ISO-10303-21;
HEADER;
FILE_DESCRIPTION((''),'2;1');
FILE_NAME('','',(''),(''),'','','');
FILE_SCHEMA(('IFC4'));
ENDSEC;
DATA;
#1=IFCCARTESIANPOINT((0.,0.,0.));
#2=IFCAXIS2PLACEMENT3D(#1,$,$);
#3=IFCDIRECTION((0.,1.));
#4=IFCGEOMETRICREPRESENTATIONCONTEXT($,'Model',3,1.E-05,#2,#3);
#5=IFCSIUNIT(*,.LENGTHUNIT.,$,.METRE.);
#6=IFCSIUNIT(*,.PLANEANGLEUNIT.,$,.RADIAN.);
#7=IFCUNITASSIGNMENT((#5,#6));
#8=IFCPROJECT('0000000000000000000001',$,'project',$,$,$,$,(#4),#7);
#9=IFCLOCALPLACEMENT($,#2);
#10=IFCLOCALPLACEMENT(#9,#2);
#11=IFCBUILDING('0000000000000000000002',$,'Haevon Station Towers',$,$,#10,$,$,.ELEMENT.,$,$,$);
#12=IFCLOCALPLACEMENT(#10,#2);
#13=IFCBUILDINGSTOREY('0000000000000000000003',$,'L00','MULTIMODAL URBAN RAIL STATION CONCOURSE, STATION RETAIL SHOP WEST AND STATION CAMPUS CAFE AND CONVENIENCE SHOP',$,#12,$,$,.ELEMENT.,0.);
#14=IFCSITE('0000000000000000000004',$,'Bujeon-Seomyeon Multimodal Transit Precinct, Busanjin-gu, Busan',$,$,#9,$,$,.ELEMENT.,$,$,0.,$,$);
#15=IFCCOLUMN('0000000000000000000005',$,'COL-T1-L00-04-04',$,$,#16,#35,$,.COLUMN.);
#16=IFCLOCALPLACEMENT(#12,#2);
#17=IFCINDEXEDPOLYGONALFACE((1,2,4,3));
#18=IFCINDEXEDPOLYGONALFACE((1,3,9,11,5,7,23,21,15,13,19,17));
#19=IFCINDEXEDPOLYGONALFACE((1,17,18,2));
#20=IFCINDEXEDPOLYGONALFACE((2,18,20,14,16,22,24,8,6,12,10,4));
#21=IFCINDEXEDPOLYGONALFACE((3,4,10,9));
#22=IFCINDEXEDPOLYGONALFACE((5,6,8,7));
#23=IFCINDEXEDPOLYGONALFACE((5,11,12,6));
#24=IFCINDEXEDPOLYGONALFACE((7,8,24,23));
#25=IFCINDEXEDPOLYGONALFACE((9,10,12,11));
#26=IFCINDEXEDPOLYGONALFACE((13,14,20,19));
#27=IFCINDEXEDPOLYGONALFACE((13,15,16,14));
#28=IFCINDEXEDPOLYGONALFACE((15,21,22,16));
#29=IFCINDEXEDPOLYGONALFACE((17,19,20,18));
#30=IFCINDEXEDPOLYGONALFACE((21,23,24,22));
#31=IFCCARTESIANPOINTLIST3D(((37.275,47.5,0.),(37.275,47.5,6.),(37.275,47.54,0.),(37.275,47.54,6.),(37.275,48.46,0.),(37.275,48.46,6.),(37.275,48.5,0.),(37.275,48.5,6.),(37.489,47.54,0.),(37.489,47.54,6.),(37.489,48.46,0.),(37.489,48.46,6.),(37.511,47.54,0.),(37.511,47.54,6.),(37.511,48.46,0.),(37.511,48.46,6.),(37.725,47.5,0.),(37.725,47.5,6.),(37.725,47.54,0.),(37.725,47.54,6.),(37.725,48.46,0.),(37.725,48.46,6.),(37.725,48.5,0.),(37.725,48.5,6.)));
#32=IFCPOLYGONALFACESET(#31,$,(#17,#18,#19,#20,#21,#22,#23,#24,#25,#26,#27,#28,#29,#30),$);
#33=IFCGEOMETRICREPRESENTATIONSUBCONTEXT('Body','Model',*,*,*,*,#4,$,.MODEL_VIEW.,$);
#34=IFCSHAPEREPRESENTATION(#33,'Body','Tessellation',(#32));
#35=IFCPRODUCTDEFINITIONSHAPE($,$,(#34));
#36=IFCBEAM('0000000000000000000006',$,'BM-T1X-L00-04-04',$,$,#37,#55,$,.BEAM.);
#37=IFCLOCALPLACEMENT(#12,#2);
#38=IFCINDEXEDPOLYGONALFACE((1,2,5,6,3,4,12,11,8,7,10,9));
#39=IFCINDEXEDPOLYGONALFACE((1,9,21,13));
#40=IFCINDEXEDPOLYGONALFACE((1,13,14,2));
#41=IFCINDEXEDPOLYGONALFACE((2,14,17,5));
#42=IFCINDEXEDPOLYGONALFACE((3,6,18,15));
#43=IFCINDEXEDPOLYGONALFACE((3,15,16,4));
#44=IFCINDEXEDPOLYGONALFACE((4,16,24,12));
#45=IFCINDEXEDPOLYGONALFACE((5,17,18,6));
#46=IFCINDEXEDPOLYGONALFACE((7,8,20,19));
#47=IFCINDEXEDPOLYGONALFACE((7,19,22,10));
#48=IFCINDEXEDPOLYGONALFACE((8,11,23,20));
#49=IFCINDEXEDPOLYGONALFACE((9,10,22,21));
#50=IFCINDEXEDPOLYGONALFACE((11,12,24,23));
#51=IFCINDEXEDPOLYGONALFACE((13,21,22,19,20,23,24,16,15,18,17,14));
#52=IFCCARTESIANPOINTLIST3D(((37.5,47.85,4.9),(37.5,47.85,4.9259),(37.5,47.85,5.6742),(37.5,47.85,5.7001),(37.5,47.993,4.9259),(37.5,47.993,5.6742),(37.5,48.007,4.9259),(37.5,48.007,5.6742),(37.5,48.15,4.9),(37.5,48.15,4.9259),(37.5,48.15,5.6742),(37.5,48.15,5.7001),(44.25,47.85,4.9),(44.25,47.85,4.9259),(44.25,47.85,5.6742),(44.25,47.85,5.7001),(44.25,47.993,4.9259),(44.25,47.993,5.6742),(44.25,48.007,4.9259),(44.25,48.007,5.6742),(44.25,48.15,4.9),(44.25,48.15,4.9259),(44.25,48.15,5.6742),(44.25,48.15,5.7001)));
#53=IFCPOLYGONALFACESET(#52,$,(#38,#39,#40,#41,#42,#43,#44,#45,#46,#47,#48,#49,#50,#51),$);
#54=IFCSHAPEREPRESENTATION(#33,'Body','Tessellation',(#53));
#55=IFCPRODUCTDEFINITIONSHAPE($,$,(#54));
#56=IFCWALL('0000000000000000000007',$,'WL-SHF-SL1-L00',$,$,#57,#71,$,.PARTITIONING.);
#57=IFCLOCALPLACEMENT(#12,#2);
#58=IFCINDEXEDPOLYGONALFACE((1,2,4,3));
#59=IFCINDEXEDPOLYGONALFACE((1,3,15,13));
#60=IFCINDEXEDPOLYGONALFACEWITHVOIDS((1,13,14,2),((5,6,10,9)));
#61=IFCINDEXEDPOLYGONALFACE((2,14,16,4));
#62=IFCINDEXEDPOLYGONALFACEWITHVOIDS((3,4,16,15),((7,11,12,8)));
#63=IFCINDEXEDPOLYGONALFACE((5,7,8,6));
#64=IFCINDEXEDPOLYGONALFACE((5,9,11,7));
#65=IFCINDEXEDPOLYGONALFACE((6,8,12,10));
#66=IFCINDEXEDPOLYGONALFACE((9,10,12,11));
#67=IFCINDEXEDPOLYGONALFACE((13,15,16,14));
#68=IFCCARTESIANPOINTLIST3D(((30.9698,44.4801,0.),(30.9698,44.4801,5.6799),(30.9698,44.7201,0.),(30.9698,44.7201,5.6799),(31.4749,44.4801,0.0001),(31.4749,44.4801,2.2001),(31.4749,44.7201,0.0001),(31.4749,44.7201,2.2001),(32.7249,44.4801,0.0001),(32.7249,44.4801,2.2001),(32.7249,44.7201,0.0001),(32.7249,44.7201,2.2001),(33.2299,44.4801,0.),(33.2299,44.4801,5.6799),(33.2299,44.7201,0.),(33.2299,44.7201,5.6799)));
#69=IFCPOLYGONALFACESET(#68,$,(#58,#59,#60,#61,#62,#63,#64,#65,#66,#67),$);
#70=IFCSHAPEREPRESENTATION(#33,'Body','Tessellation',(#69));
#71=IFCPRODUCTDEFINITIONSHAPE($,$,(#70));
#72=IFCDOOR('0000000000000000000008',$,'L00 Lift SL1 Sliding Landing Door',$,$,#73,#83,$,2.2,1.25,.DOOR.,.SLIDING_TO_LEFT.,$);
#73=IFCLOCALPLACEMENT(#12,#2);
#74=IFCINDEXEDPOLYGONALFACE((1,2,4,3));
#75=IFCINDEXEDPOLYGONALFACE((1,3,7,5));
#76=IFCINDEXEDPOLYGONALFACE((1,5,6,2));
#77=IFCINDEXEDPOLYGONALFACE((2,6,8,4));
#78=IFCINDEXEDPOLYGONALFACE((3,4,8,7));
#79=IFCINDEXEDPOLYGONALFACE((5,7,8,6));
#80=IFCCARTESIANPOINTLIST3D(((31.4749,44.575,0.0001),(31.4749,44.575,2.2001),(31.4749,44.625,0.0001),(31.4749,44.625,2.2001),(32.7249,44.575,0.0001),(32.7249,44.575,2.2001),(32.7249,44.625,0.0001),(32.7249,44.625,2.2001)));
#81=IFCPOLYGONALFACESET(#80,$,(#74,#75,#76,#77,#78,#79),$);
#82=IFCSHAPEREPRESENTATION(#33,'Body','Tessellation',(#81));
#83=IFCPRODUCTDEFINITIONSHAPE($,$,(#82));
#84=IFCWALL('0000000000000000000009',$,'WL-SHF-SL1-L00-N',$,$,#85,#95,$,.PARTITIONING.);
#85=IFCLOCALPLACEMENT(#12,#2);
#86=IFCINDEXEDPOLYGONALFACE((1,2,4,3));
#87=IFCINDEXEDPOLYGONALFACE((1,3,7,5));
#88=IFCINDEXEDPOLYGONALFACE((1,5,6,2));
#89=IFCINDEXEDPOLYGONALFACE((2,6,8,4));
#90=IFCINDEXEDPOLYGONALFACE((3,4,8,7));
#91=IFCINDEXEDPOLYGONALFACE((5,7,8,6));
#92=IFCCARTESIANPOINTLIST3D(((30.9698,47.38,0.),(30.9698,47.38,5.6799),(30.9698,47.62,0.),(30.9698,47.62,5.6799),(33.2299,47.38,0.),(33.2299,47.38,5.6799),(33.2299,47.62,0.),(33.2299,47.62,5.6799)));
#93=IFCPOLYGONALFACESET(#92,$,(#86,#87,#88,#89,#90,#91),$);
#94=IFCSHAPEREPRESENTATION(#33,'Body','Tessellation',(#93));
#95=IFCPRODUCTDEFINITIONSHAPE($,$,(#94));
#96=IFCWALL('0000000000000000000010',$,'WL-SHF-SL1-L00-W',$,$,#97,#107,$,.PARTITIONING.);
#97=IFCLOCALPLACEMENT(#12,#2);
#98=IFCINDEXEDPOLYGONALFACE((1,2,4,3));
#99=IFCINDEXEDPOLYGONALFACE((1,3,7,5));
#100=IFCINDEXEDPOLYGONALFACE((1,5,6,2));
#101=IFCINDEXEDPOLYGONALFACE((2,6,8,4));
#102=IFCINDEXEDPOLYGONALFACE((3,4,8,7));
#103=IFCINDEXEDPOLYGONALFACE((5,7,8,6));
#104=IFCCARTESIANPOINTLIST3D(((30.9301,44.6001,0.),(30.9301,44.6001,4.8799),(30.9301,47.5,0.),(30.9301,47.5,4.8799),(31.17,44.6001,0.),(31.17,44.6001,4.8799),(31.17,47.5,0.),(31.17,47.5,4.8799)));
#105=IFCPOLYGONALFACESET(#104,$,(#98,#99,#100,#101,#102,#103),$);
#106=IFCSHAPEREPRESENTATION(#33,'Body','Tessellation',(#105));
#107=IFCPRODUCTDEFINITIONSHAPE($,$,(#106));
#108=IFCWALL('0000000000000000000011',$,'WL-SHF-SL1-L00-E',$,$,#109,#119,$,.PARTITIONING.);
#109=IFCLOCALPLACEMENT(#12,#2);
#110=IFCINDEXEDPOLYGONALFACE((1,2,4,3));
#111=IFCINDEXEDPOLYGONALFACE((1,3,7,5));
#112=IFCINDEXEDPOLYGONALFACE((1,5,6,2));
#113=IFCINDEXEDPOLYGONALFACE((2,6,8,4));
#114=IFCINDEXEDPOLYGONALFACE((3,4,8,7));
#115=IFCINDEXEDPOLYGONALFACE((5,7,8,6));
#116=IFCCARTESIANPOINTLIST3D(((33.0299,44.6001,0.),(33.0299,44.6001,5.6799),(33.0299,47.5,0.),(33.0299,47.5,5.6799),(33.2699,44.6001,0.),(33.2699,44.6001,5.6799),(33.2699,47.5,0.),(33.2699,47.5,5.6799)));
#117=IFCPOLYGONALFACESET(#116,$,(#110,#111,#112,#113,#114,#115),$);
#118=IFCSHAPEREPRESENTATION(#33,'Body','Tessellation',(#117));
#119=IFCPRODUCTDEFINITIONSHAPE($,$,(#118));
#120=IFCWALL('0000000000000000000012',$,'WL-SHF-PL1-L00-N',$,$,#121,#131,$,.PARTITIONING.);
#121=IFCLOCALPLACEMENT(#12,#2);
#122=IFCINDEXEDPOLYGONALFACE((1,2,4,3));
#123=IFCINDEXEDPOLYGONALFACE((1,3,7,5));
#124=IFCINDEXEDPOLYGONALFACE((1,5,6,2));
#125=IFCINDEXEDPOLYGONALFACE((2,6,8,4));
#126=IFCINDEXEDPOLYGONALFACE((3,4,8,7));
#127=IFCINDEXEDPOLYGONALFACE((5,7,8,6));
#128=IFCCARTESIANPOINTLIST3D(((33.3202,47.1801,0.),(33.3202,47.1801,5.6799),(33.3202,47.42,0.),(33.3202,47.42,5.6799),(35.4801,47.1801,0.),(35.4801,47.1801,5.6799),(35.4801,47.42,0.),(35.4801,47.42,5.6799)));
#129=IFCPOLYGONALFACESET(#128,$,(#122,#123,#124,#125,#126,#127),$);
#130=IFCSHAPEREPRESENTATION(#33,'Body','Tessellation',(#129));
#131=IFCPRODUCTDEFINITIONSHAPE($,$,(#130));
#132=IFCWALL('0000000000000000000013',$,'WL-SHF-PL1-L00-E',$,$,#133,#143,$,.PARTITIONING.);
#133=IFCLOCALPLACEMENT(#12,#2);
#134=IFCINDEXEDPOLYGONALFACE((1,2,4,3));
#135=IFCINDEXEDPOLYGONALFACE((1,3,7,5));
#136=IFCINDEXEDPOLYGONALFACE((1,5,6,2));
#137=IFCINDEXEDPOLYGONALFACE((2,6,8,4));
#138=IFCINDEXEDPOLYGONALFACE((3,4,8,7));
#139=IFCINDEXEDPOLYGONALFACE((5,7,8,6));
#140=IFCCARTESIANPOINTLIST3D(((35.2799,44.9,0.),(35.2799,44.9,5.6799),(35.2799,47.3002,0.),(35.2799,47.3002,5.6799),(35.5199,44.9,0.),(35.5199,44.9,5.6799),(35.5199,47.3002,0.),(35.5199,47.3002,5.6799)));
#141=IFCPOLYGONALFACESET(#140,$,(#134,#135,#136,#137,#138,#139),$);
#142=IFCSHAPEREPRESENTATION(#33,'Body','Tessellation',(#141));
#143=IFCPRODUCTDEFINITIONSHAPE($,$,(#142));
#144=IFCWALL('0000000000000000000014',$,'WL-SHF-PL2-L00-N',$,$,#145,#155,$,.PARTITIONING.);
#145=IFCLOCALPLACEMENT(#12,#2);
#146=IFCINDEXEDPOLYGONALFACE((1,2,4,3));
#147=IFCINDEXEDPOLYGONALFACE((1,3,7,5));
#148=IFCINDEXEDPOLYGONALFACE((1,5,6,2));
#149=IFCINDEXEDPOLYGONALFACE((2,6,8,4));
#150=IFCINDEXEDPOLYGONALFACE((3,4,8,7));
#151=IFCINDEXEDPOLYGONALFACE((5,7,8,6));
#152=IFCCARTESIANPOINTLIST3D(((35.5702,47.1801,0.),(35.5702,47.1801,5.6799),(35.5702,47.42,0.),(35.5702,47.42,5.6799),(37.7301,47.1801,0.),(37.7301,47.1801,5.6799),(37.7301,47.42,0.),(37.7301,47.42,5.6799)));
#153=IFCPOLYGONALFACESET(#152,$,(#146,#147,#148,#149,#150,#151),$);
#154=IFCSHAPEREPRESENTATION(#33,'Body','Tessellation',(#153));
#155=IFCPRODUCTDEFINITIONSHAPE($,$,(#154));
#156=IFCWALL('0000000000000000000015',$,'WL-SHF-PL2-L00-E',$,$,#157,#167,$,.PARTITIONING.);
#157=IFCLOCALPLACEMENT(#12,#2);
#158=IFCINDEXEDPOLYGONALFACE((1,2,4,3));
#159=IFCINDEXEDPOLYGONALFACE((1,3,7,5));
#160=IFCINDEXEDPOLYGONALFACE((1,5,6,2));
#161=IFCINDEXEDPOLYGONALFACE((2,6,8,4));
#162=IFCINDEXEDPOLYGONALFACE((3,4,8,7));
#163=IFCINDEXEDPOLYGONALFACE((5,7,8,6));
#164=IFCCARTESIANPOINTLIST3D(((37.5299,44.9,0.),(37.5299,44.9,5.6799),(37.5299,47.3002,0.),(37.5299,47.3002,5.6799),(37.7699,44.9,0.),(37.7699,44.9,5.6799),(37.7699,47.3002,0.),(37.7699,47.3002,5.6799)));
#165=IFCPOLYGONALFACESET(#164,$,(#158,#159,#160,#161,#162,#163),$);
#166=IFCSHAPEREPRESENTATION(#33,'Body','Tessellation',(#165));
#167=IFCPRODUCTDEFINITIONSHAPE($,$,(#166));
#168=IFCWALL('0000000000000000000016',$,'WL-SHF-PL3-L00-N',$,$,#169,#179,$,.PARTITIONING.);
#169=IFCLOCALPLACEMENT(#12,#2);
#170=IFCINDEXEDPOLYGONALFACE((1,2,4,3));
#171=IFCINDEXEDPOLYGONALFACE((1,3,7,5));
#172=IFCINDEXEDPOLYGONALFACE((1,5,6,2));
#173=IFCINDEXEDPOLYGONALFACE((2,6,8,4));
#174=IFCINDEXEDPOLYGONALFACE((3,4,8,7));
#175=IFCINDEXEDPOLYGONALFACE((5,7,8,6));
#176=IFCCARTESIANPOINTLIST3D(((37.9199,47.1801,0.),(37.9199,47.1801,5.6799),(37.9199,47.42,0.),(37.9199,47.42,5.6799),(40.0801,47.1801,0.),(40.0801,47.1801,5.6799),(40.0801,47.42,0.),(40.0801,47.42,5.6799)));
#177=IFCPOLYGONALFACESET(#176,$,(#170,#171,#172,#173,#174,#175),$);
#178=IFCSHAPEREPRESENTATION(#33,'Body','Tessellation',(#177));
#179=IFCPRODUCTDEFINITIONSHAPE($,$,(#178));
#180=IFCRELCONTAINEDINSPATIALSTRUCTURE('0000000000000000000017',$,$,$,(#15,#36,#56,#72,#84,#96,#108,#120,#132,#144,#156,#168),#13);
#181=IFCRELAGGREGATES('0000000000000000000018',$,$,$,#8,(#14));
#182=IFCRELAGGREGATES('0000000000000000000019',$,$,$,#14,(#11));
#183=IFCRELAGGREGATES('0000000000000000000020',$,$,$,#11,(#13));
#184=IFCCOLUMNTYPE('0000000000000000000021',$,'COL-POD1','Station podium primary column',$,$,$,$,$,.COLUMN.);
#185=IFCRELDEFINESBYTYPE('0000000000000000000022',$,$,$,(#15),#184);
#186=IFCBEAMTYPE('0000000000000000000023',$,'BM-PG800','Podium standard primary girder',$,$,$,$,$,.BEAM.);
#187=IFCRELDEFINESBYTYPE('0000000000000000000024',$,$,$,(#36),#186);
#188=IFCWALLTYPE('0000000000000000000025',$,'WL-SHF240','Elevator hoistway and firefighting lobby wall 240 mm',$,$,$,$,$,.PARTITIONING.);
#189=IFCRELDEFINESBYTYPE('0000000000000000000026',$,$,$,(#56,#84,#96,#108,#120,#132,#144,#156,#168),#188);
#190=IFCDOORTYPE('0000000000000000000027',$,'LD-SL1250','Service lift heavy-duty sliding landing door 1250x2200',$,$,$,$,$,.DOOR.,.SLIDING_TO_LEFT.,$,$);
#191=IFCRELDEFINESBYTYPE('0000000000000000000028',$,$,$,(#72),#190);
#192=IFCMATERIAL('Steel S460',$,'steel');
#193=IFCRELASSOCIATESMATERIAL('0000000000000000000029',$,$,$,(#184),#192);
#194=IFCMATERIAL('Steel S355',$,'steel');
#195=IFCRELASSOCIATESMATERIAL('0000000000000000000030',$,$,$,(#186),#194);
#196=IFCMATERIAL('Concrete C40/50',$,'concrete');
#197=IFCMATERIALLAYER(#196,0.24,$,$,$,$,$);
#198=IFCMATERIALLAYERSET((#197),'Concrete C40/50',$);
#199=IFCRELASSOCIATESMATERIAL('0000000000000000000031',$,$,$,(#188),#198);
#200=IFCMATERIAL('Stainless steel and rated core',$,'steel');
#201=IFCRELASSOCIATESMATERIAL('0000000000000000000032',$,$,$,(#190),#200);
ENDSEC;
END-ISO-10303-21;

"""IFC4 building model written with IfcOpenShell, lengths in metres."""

from ifc_helpers import new_model, si_unit, direction, frame, frame_2d, origin, origin_2d, place, context, subcontext, project, spatial, rectangle, i_section, extrude, material, layer, layer_set, material_profile, profile_set, type_object, element, fill, save


model = new_model("IFC4")

# Units and contexts
model_context = context("Model", 3, precision=1e-05, world=origin(), true_north=direction((0.0, 1.0)))
body_context = subcontext(model_context, "Body", "Model", "MODEL_VIEW")
ifc_project = project(units=[si_unit("LENGTHUNIT", "METRE"), si_unit("PLANEANGLEUNIT", "RADIAN")], contexts=[model_context])

# Site, building, storey
site_placement = place(None, origin())
site = spatial("IfcSite", under=ifc_project, at=site_placement, Name="Bujeon-Seomyeon Multimodal Transit Precinct, Busanjin-gu, Busan", CompositionType="ELEMENT", RefElevation=0.0)
building_placement = place(site_placement, origin())
building = spatial("IfcBuilding", under=site, at=building_placement, Name="Haevon Station Towers", CompositionType="ELEMENT")
storey_placement = place(building_placement, origin())
storey = spatial("IfcBuildingStorey", under=building, at=storey_placement, Name="L00", Description="MULTIMODAL URBAN RAIL STATION CONCOURSE, STATION RETAIL SHOP WEST AND STATION CAMPUS CAFE AND CONVENIENCE SHOP", CompositionType="ELEMENT", Elevation=0.0)

# Column
ifc_material_1 = material(Name="Steel S460", Category="steel")
ifc_material_profile_1 = material_profile(ifc_material_1, i_section(OverallWidth=0.45, OverallDepth=1.0, WebThickness=0.022, FlangeThickness=0.04, at=origin_2d()), Name="H-1000x450x22x40")
ifc_profile_set_1 = profile_set([ifc_material_profile_1], Name="Steel S460")
column_type = type_object("IfcColumnType", Name="COL-POD1", Description="Station podium primary column", PredefinedType="COLUMN", material=ifc_profile_set_1)
column_placement = place(storey_placement, frame((37.5, 48.0, 0.0), z_axis=(0.0, 0.0, 1.0), x_axis=(1.0, 0.0, 0.0)))
element("IfcColumn", 1, at=column_placement, inside=storey, type_object=column_type, Name="COL-T1-L00-04-04", PredefinedType="COLUMN", context=body_context, shape_type="SweptSolid", body=[
    extrude(i_section(OverallWidth=0.45, OverallDepth=1.0, WebThickness=0.022, FlangeThickness=0.04, at=origin_2d()), origin(), (0.0, 0.0, 1.0), 6.0),
])

# Beam
ifc_material_2 = material(Name="Steel S355", Category="steel")
ifc_material_profile_2 = material_profile(ifc_material_2, i_section(OverallWidth=0.3, OverallDepth=0.8, WebThickness=0.0139, FlangeThickness=0.0259, at=origin_2d()), Name="H-800x300x14x26")
ifc_profile_set_2 = profile_set([ifc_material_profile_2], Name="Steel S355")
beam_type = type_object("IfcBeamType", Name="BM-PG800", Description="Podium standard primary girder", PredefinedType="BEAM", material=ifc_profile_set_2)
beam_placement = place(storey_placement, frame((37.5, 48.0, 5.3), z_axis=(1.0, 0.0, 0.0), x_axis=(0.0, 1.0, 0.0)))
element("IfcBeam", 2, at=beam_placement, inside=storey, type_object=beam_type, Name="BM-T1X-L00-04-04", PredefinedType="BEAM", context=body_context, shape_type="SweptSolid", body=[
    extrude(i_section(OverallWidth=0.3, OverallDepth=0.8, WebThickness=0.0139, FlangeThickness=0.0259, at=origin_2d()), origin(), (0.0, 0.0, 1.0), 6.75),
])

# Wall, opening, door
ifc_material_3 = material(Name="Concrete C40/50", Category="concrete")
ifc_layer = layer(ifc_material_3, 0.24)
ifc_layer_set = layer_set([ifc_layer], Name="Concrete C40/50")
wall_type = type_object("IfcWallType", Name="WL-SHF240", Description="Elevator hoistway and firefighting lobby wall 240 mm", PredefinedType="PARTITIONING", material=ifc_layer_set)
wall_1_placement = place(storey_placement, frame((30.97, 44.6001, 0.0), z_axis=(0.0, 0.0, 1.0), x_axis=(1.0, 0.0, 0.0)))
wall_1 = element("IfcWall", 3, at=wall_1_placement, inside=storey, type_object=wall_type, Name="WL-SHF-SL1-L00", PredefinedType="PARTITIONING", context=body_context, shape_type="SweptSolid", body=[
    extrude(rectangle(XDim=2.26, YDim=0.24, at=frame_2d((1.1299, 0.0))), origin(), (0.0, 0.0, 1.0), 5.6799),
])
opening_1_placement = place(wall_1_placement, frame((0.5049, 0.0, 0.0)))
opening_1 = element("IfcOpeningElement", 4, at=opening_1_placement, cuts=wall_1, PredefinedType="OPENING", context=body_context, shape_type="SweptSolid", body=[
    extrude(rectangle(XDim=1.25, YDim=2.2, at=frame_2d((0.625, 1.1001))), frame((0.0, 0.1299, 0.0), z_axis=(0.0, -1.0, 0.0), x_axis=(1.0, 0.0, 0.0)), (0.0, 0.0, 1.0), 0.26),
])
ifc_material_4 = material(Name="Stainless steel and rated core", Category="steel")
door_type_1 = type_object("IfcDoorType", Name="LD-SL1250", Description="Service lift heavy-duty sliding landing door 1250x2200", OperationType="SLIDING_TO_LEFT", PredefinedType="DOOR", material=ifc_material_4)
door_1_placement = place(opening_1_placement, origin())
door_1 = element("IfcDoor", 5, at=door_1_placement, inside=storey, type_object=door_type_1, Name="L00 Lift SL1 Sliding Landing Door", OperationType="SLIDING_TO_LEFT", OverallHeight=2.2, OverallWidth=1.25, PredefinedType="DOOR", context=body_context, shape_type="SweptSolid", body=[
    extrude(rectangle(XDim=1.25, YDim=2.2, at=frame_2d((0.625, 1.1001))), frame((0.0, 0.0249, 0.0), z_axis=(0.0, -1.0, 0.0), x_axis=(1.0, 0.0, 0.0)), (0.0, 0.0, 1.0), 0.05),
])
fill(opening_1, door_1)

# Walls
wall_2_placement = place(storey_placement, frame((30.97, 47.5, 0.0), z_axis=(0.0, 0.0, 1.0), x_axis=(1.0, 0.0, 0.0)))
element("IfcWall", 6, at=wall_2_placement, inside=storey, type_object=wall_type, Name="WL-SHF-SL1-L00-N", PredefinedType="PARTITIONING", context=body_context, shape_type="SweptSolid", body=[
    extrude(rectangle(XDim=2.26, YDim=0.24, at=frame_2d((1.1299, 0.0))), origin(), (0.0, 0.0, 1.0), 5.6799),
])
wall_3_placement = place(storey_placement, frame((31.05, 44.6001, 0.0), z_axis=(0.0, 0.0, 1.0), x_axis=(0.0, 1.0, 0.0)))
element("IfcWall", 7, at=wall_3_placement, inside=storey, type_object=wall_type, Name="WL-SHF-SL1-L00-W", PredefinedType="PARTITIONING", context=body_context, shape_type="SweptSolid", body=[
    extrude(rectangle(XDim=2.8999, YDim=0.24, at=frame_2d((1.45, 0.0))), origin(), (0.0, 0.0, 1.0), 4.8799),
])
wall_4_placement = place(storey_placement, frame((33.1499, 44.6001, 0.0), z_axis=(0.0, 0.0, 1.0), x_axis=(0.0, 1.0, 0.0)))
element("IfcWall", 8, at=wall_4_placement, inside=storey, type_object=wall_type, Name="WL-SHF-SL1-L00-E", PredefinedType="PARTITIONING", context=body_context, shape_type="SweptSolid", body=[
    extrude(rectangle(XDim=2.8999, YDim=0.24, at=frame_2d((1.45, 0.0))), origin(), (0.0, 0.0, 1.0), 5.6799),
])

# Walls
wall_5_placement = place(storey_placement, frame((33.3201, 47.3, 0.0), z_axis=(0.0, 0.0, 1.0), x_axis=(1.0, 0.0, 0.0)))
element("IfcWall", 9, at=wall_5_placement, inside=storey, type_object=wall_type, Name="WL-SHF-PL1-L00-N", PredefinedType="PARTITIONING", context=body_context, shape_type="SweptSolid", body=[
    extrude(rectangle(XDim=2.1599, YDim=0.24, at=frame_2d((1.0801, 0.0))), origin(), (0.0, 0.0, 1.0), 5.6799),
])
wall_6_placement = place(storey_placement, frame((35.3999, 44.8999, 0.0), z_axis=(0.0, 0.0, 1.0), x_axis=(0.0, 1.0, 0.0)))
element("IfcWall", 10, at=wall_6_placement, inside=storey, type_object=wall_type, Name="WL-SHF-PL1-L00-E", PredefinedType="PARTITIONING", context=body_context, shape_type="SweptSolid", body=[
    extrude(rectangle(XDim=2.4001, YDim=0.24, at=frame_2d((1.2002, 0.0))), origin(), (0.0, 0.0, 1.0), 5.6799),
])

# Walls
wall_7_placement = place(storey_placement, frame((35.5701, 47.3, 0.0), z_axis=(0.0, 0.0, 1.0), x_axis=(1.0, 0.0, 0.0)))
element("IfcWall", 11, at=wall_7_placement, inside=storey, type_object=wall_type, Name="WL-SHF-PL2-L00-N", PredefinedType="PARTITIONING", context=body_context, shape_type="SweptSolid", body=[
    extrude(rectangle(XDim=2.1599, YDim=0.24, at=frame_2d((1.0801, 0.0))), origin(), (0.0, 0.0, 1.0), 5.6799),
])
wall_8_placement = place(storey_placement, frame((37.6499, 44.8999, 0.0), z_axis=(0.0, 0.0, 1.0), x_axis=(0.0, 1.0, 0.0)))
element("IfcWall", 12, at=wall_8_placement, inside=storey, type_object=wall_type, Name="WL-SHF-PL2-L00-E", PredefinedType="PARTITIONING", context=body_context, shape_type="SweptSolid", body=[
    extrude(rectangle(XDim=2.4001, YDim=0.24, at=frame_2d((1.2002, 0.0))), origin(), (0.0, 0.0, 1.0), 5.6799),
])

# Wall
wall_9_placement = place(storey_placement, frame((37.9199, 47.3, 0.0), z_axis=(0.0, 0.0, 1.0), x_axis=(1.0, 0.0, 0.0)))
element("IfcWall", 13, at=wall_9_placement, inside=storey, type_object=wall_type, Name="WL-SHF-PL3-L00-N", PredefinedType="PARTITIONING", context=body_context, shape_type="SweptSolid", body=[
    extrude(rectangle(XDim=2.1602, YDim=0.24, at=frame_2d((1.0801, 0.0))), origin(), (0.0, 0.0, 1.0), 5.6799),
])

save(model, "model.ifc")
